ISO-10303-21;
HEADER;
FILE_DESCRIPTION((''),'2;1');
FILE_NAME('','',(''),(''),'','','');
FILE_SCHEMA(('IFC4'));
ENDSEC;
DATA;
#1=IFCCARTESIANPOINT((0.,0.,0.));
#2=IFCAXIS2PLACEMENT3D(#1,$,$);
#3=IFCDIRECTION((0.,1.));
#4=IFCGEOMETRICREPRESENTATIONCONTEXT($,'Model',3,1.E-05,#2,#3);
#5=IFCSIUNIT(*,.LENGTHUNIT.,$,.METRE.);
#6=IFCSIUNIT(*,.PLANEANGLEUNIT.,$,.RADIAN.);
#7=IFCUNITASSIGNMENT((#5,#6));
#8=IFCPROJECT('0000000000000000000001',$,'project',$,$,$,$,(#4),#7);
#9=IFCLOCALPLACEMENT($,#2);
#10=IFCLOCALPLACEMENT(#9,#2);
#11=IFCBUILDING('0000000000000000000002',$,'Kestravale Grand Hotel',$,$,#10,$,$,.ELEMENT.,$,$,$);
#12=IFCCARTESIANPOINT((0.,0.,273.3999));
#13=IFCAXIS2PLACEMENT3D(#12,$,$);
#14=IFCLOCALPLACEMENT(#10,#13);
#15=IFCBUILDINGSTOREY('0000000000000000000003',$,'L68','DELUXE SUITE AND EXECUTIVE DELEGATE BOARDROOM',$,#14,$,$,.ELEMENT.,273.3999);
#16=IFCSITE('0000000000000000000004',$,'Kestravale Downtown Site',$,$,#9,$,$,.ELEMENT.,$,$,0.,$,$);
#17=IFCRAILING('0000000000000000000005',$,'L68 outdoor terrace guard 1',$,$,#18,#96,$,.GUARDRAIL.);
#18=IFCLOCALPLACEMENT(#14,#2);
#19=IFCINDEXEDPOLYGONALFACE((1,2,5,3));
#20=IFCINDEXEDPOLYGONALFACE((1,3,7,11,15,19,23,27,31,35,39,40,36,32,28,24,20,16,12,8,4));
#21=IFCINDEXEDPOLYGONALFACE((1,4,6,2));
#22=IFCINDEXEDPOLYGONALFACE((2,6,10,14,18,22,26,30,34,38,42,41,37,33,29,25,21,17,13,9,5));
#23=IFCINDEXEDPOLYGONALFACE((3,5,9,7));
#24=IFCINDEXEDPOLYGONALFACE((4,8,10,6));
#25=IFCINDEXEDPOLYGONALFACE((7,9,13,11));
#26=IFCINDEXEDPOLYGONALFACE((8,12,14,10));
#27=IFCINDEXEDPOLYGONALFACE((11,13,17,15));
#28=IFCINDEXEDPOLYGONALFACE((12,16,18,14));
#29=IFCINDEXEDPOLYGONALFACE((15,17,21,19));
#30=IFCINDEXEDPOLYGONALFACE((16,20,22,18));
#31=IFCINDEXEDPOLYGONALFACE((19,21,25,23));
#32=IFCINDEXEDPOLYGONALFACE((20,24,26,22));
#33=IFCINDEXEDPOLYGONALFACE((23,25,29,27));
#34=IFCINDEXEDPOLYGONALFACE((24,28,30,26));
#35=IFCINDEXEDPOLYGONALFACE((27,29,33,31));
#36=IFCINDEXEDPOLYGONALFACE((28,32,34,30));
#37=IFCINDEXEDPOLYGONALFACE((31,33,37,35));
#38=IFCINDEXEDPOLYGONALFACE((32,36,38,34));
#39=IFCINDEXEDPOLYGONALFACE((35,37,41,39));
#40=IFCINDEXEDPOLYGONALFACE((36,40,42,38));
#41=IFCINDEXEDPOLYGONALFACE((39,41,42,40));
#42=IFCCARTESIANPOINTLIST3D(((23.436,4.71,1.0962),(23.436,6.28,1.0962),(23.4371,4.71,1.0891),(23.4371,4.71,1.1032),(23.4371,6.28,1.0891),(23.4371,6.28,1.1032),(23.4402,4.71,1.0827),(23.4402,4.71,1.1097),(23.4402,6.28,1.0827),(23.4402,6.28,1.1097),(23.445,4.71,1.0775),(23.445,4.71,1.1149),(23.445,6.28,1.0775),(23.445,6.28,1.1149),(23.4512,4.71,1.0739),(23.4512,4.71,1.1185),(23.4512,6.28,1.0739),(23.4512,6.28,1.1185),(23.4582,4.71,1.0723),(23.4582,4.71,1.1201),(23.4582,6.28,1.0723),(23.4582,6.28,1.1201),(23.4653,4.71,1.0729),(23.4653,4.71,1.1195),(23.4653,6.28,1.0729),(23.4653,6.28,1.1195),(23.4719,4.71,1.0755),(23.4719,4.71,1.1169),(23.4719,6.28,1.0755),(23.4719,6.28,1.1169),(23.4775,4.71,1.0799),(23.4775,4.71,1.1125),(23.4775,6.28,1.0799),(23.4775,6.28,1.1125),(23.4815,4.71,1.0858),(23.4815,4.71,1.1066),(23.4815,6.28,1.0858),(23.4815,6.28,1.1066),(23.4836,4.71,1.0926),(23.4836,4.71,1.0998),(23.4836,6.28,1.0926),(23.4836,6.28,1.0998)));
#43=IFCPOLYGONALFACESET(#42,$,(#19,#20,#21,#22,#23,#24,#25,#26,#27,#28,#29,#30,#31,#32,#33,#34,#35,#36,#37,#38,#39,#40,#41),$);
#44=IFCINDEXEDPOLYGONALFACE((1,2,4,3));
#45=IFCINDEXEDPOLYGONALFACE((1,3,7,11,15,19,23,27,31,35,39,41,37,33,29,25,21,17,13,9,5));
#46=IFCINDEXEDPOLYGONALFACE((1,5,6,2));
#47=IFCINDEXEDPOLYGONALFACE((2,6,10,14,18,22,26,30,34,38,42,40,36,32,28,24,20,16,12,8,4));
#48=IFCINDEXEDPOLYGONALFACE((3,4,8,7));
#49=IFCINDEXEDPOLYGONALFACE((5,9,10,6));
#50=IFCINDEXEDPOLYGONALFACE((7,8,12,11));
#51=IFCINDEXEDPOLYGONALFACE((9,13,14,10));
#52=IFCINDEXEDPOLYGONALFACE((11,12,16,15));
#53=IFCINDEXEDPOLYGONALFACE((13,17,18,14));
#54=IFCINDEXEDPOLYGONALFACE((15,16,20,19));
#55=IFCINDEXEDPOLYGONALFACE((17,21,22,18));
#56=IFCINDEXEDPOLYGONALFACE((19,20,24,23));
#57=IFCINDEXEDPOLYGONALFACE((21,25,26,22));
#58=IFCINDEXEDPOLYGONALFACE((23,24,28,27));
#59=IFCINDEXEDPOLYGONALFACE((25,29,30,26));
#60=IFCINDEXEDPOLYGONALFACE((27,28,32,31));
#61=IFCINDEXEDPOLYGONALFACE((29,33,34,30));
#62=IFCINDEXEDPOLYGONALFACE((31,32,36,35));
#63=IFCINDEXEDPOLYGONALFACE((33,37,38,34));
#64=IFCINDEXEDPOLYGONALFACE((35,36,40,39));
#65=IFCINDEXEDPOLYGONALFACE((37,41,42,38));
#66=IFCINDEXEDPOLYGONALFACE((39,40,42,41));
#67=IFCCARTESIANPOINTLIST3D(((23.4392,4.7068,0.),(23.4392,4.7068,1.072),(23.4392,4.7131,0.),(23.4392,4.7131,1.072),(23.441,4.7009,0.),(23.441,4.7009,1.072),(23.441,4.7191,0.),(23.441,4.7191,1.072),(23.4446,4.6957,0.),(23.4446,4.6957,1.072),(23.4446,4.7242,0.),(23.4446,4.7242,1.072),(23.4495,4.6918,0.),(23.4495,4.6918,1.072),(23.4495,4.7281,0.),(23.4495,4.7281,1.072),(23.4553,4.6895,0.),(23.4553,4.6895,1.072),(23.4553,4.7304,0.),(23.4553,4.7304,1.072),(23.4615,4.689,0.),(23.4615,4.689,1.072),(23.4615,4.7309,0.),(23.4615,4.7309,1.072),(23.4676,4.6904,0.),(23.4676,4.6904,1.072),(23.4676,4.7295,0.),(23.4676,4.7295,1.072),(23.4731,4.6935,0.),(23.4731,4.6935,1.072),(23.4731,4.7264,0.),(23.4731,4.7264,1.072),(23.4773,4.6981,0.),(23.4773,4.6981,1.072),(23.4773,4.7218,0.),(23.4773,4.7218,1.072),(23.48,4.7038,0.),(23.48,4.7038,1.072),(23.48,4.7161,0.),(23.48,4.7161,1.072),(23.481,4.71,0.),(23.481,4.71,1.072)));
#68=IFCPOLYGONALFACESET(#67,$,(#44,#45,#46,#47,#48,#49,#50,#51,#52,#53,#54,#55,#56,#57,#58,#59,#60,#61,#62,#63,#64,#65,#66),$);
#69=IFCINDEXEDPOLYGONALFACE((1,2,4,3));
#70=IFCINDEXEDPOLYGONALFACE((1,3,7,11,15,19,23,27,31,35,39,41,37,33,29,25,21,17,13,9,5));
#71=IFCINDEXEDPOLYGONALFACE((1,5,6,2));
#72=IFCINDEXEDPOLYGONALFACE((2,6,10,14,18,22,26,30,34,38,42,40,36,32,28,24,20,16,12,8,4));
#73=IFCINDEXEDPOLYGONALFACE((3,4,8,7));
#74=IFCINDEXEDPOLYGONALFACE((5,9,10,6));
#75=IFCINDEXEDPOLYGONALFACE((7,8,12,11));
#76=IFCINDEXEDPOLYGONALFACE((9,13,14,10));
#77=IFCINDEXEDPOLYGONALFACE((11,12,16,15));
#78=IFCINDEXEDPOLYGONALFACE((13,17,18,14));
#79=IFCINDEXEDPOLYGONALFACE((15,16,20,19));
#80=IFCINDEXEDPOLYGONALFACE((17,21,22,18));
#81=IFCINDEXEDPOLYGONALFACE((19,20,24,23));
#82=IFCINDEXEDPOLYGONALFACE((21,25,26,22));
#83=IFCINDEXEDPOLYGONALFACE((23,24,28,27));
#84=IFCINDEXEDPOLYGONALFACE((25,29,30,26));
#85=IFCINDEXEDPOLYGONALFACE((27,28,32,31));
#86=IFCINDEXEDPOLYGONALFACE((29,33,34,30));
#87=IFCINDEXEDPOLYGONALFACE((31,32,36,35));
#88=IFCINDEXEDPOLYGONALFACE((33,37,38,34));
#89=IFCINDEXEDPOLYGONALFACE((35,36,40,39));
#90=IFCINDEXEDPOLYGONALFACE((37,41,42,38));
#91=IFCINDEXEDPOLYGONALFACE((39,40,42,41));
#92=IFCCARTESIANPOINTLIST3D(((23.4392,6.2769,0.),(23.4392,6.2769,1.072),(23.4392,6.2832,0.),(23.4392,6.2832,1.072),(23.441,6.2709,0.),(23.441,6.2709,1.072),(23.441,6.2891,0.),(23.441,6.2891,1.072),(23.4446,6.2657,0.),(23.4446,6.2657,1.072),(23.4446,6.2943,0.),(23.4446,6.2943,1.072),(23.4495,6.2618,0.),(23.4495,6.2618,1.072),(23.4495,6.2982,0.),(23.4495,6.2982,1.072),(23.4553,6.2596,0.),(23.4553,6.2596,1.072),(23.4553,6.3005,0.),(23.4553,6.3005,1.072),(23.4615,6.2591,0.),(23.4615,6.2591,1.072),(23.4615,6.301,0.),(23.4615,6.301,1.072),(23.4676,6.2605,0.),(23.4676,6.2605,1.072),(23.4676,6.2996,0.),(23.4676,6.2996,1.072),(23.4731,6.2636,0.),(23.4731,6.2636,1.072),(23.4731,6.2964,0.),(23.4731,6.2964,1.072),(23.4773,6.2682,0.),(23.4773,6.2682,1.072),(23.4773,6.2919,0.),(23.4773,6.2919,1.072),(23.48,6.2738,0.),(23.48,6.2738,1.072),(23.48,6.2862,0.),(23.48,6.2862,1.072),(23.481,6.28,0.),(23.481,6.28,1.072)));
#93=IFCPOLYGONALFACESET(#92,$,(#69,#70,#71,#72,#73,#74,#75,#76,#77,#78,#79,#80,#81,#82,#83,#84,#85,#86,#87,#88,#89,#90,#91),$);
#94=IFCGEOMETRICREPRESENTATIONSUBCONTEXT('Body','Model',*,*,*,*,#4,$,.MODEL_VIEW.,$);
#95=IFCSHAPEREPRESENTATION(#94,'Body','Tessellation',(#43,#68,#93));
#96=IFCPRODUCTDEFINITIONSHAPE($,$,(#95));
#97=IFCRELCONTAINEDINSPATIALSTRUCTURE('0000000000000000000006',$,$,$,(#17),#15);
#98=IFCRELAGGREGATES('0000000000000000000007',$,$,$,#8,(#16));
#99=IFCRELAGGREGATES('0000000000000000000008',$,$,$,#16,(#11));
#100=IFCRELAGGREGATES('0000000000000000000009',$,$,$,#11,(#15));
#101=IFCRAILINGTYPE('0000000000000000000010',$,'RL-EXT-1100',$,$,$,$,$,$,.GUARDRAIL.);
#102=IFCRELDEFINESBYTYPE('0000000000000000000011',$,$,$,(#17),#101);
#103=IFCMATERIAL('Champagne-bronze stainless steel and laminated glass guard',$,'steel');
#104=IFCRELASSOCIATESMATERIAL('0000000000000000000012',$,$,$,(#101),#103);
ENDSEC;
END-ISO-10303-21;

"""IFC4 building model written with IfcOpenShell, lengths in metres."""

from ifc_helpers import new_model, si_unit, direction, frame, origin, origin_2d, place, context, subcontext, project, spatial, circle, extrude, material, type_object, element, save


model = new_model("IFC4")

# Units and contexts
model_context = context("Model", 3, precision=1e-05, world=origin(), true_north=direction((0.0, 1.0)))
body_context = subcontext(model_context, "Body", "Model", "MODEL_VIEW")
ifc_project = project(units=[si_unit("LENGTHUNIT", "METRE"), si_unit("PLANEANGLEUNIT", "RADIAN")], contexts=[model_context])

# Site, building, storey
site_placement = place(None, origin())
site = spatial("IfcSite", under=ifc_project, at=site_placement, Name="Kestravale Downtown Site", CompositionType="ELEMENT", RefElevation=0.0)
building_placement = place(site_placement, origin())
building = spatial("IfcBuilding", under=site, at=building_placement, Name="Kestravale Grand Hotel", CompositionType="ELEMENT")
storey_placement = place(building_placement, frame((0.0, 0.0, 273.3999)))
storey = spatial("IfcBuildingStorey", under=building, at=storey_placement, Name="L68", Description="DELUXE SUITE AND EXECUTIVE DELEGATE BOARDROOM", CompositionType="ELEMENT", Elevation=273.3999)

# Railing
ifc_material_1 = material(Name="Champagne-bronze stainless steel and laminated glass guard", Category="steel")
railing_type = type_object("IfcRailingType", Name="RL-EXT-1100", PredefinedType="GUARDRAIL", material=ifc_material_1)
railing_1_placement = place(storey_placement, frame((23.46, 4.71, 0.0)))
element("IfcRailing", 1, at=railing_1_placement, inside=storey, type_object=railing_type, Name="L68 outdoor terrace guard 1", PredefinedType="GUARDRAIL", context=body_context, shape_type="SweptSolid", body=[
    extrude(circle(Radius=0.0239, at=origin_2d()), frame((0.0, 0.0, 1.0962), z_axis=(0.0, 1.0, 0.0), x_axis=(-1.0, 0.0, 0.0)), (0.0, 0.0, 1.0), 1.5701),
    extrude(circle(Radius=0.021, at=origin_2d()), origin(), (0.0, 0.0, 1.0), 1.072),
    extrude(circle(Radius=0.021, at=origin_2d()), frame((0.0, 1.5701, 0.0)), (0.0, 0.0, 1.0), 1.072),
])

save(model, "model.ifc")
